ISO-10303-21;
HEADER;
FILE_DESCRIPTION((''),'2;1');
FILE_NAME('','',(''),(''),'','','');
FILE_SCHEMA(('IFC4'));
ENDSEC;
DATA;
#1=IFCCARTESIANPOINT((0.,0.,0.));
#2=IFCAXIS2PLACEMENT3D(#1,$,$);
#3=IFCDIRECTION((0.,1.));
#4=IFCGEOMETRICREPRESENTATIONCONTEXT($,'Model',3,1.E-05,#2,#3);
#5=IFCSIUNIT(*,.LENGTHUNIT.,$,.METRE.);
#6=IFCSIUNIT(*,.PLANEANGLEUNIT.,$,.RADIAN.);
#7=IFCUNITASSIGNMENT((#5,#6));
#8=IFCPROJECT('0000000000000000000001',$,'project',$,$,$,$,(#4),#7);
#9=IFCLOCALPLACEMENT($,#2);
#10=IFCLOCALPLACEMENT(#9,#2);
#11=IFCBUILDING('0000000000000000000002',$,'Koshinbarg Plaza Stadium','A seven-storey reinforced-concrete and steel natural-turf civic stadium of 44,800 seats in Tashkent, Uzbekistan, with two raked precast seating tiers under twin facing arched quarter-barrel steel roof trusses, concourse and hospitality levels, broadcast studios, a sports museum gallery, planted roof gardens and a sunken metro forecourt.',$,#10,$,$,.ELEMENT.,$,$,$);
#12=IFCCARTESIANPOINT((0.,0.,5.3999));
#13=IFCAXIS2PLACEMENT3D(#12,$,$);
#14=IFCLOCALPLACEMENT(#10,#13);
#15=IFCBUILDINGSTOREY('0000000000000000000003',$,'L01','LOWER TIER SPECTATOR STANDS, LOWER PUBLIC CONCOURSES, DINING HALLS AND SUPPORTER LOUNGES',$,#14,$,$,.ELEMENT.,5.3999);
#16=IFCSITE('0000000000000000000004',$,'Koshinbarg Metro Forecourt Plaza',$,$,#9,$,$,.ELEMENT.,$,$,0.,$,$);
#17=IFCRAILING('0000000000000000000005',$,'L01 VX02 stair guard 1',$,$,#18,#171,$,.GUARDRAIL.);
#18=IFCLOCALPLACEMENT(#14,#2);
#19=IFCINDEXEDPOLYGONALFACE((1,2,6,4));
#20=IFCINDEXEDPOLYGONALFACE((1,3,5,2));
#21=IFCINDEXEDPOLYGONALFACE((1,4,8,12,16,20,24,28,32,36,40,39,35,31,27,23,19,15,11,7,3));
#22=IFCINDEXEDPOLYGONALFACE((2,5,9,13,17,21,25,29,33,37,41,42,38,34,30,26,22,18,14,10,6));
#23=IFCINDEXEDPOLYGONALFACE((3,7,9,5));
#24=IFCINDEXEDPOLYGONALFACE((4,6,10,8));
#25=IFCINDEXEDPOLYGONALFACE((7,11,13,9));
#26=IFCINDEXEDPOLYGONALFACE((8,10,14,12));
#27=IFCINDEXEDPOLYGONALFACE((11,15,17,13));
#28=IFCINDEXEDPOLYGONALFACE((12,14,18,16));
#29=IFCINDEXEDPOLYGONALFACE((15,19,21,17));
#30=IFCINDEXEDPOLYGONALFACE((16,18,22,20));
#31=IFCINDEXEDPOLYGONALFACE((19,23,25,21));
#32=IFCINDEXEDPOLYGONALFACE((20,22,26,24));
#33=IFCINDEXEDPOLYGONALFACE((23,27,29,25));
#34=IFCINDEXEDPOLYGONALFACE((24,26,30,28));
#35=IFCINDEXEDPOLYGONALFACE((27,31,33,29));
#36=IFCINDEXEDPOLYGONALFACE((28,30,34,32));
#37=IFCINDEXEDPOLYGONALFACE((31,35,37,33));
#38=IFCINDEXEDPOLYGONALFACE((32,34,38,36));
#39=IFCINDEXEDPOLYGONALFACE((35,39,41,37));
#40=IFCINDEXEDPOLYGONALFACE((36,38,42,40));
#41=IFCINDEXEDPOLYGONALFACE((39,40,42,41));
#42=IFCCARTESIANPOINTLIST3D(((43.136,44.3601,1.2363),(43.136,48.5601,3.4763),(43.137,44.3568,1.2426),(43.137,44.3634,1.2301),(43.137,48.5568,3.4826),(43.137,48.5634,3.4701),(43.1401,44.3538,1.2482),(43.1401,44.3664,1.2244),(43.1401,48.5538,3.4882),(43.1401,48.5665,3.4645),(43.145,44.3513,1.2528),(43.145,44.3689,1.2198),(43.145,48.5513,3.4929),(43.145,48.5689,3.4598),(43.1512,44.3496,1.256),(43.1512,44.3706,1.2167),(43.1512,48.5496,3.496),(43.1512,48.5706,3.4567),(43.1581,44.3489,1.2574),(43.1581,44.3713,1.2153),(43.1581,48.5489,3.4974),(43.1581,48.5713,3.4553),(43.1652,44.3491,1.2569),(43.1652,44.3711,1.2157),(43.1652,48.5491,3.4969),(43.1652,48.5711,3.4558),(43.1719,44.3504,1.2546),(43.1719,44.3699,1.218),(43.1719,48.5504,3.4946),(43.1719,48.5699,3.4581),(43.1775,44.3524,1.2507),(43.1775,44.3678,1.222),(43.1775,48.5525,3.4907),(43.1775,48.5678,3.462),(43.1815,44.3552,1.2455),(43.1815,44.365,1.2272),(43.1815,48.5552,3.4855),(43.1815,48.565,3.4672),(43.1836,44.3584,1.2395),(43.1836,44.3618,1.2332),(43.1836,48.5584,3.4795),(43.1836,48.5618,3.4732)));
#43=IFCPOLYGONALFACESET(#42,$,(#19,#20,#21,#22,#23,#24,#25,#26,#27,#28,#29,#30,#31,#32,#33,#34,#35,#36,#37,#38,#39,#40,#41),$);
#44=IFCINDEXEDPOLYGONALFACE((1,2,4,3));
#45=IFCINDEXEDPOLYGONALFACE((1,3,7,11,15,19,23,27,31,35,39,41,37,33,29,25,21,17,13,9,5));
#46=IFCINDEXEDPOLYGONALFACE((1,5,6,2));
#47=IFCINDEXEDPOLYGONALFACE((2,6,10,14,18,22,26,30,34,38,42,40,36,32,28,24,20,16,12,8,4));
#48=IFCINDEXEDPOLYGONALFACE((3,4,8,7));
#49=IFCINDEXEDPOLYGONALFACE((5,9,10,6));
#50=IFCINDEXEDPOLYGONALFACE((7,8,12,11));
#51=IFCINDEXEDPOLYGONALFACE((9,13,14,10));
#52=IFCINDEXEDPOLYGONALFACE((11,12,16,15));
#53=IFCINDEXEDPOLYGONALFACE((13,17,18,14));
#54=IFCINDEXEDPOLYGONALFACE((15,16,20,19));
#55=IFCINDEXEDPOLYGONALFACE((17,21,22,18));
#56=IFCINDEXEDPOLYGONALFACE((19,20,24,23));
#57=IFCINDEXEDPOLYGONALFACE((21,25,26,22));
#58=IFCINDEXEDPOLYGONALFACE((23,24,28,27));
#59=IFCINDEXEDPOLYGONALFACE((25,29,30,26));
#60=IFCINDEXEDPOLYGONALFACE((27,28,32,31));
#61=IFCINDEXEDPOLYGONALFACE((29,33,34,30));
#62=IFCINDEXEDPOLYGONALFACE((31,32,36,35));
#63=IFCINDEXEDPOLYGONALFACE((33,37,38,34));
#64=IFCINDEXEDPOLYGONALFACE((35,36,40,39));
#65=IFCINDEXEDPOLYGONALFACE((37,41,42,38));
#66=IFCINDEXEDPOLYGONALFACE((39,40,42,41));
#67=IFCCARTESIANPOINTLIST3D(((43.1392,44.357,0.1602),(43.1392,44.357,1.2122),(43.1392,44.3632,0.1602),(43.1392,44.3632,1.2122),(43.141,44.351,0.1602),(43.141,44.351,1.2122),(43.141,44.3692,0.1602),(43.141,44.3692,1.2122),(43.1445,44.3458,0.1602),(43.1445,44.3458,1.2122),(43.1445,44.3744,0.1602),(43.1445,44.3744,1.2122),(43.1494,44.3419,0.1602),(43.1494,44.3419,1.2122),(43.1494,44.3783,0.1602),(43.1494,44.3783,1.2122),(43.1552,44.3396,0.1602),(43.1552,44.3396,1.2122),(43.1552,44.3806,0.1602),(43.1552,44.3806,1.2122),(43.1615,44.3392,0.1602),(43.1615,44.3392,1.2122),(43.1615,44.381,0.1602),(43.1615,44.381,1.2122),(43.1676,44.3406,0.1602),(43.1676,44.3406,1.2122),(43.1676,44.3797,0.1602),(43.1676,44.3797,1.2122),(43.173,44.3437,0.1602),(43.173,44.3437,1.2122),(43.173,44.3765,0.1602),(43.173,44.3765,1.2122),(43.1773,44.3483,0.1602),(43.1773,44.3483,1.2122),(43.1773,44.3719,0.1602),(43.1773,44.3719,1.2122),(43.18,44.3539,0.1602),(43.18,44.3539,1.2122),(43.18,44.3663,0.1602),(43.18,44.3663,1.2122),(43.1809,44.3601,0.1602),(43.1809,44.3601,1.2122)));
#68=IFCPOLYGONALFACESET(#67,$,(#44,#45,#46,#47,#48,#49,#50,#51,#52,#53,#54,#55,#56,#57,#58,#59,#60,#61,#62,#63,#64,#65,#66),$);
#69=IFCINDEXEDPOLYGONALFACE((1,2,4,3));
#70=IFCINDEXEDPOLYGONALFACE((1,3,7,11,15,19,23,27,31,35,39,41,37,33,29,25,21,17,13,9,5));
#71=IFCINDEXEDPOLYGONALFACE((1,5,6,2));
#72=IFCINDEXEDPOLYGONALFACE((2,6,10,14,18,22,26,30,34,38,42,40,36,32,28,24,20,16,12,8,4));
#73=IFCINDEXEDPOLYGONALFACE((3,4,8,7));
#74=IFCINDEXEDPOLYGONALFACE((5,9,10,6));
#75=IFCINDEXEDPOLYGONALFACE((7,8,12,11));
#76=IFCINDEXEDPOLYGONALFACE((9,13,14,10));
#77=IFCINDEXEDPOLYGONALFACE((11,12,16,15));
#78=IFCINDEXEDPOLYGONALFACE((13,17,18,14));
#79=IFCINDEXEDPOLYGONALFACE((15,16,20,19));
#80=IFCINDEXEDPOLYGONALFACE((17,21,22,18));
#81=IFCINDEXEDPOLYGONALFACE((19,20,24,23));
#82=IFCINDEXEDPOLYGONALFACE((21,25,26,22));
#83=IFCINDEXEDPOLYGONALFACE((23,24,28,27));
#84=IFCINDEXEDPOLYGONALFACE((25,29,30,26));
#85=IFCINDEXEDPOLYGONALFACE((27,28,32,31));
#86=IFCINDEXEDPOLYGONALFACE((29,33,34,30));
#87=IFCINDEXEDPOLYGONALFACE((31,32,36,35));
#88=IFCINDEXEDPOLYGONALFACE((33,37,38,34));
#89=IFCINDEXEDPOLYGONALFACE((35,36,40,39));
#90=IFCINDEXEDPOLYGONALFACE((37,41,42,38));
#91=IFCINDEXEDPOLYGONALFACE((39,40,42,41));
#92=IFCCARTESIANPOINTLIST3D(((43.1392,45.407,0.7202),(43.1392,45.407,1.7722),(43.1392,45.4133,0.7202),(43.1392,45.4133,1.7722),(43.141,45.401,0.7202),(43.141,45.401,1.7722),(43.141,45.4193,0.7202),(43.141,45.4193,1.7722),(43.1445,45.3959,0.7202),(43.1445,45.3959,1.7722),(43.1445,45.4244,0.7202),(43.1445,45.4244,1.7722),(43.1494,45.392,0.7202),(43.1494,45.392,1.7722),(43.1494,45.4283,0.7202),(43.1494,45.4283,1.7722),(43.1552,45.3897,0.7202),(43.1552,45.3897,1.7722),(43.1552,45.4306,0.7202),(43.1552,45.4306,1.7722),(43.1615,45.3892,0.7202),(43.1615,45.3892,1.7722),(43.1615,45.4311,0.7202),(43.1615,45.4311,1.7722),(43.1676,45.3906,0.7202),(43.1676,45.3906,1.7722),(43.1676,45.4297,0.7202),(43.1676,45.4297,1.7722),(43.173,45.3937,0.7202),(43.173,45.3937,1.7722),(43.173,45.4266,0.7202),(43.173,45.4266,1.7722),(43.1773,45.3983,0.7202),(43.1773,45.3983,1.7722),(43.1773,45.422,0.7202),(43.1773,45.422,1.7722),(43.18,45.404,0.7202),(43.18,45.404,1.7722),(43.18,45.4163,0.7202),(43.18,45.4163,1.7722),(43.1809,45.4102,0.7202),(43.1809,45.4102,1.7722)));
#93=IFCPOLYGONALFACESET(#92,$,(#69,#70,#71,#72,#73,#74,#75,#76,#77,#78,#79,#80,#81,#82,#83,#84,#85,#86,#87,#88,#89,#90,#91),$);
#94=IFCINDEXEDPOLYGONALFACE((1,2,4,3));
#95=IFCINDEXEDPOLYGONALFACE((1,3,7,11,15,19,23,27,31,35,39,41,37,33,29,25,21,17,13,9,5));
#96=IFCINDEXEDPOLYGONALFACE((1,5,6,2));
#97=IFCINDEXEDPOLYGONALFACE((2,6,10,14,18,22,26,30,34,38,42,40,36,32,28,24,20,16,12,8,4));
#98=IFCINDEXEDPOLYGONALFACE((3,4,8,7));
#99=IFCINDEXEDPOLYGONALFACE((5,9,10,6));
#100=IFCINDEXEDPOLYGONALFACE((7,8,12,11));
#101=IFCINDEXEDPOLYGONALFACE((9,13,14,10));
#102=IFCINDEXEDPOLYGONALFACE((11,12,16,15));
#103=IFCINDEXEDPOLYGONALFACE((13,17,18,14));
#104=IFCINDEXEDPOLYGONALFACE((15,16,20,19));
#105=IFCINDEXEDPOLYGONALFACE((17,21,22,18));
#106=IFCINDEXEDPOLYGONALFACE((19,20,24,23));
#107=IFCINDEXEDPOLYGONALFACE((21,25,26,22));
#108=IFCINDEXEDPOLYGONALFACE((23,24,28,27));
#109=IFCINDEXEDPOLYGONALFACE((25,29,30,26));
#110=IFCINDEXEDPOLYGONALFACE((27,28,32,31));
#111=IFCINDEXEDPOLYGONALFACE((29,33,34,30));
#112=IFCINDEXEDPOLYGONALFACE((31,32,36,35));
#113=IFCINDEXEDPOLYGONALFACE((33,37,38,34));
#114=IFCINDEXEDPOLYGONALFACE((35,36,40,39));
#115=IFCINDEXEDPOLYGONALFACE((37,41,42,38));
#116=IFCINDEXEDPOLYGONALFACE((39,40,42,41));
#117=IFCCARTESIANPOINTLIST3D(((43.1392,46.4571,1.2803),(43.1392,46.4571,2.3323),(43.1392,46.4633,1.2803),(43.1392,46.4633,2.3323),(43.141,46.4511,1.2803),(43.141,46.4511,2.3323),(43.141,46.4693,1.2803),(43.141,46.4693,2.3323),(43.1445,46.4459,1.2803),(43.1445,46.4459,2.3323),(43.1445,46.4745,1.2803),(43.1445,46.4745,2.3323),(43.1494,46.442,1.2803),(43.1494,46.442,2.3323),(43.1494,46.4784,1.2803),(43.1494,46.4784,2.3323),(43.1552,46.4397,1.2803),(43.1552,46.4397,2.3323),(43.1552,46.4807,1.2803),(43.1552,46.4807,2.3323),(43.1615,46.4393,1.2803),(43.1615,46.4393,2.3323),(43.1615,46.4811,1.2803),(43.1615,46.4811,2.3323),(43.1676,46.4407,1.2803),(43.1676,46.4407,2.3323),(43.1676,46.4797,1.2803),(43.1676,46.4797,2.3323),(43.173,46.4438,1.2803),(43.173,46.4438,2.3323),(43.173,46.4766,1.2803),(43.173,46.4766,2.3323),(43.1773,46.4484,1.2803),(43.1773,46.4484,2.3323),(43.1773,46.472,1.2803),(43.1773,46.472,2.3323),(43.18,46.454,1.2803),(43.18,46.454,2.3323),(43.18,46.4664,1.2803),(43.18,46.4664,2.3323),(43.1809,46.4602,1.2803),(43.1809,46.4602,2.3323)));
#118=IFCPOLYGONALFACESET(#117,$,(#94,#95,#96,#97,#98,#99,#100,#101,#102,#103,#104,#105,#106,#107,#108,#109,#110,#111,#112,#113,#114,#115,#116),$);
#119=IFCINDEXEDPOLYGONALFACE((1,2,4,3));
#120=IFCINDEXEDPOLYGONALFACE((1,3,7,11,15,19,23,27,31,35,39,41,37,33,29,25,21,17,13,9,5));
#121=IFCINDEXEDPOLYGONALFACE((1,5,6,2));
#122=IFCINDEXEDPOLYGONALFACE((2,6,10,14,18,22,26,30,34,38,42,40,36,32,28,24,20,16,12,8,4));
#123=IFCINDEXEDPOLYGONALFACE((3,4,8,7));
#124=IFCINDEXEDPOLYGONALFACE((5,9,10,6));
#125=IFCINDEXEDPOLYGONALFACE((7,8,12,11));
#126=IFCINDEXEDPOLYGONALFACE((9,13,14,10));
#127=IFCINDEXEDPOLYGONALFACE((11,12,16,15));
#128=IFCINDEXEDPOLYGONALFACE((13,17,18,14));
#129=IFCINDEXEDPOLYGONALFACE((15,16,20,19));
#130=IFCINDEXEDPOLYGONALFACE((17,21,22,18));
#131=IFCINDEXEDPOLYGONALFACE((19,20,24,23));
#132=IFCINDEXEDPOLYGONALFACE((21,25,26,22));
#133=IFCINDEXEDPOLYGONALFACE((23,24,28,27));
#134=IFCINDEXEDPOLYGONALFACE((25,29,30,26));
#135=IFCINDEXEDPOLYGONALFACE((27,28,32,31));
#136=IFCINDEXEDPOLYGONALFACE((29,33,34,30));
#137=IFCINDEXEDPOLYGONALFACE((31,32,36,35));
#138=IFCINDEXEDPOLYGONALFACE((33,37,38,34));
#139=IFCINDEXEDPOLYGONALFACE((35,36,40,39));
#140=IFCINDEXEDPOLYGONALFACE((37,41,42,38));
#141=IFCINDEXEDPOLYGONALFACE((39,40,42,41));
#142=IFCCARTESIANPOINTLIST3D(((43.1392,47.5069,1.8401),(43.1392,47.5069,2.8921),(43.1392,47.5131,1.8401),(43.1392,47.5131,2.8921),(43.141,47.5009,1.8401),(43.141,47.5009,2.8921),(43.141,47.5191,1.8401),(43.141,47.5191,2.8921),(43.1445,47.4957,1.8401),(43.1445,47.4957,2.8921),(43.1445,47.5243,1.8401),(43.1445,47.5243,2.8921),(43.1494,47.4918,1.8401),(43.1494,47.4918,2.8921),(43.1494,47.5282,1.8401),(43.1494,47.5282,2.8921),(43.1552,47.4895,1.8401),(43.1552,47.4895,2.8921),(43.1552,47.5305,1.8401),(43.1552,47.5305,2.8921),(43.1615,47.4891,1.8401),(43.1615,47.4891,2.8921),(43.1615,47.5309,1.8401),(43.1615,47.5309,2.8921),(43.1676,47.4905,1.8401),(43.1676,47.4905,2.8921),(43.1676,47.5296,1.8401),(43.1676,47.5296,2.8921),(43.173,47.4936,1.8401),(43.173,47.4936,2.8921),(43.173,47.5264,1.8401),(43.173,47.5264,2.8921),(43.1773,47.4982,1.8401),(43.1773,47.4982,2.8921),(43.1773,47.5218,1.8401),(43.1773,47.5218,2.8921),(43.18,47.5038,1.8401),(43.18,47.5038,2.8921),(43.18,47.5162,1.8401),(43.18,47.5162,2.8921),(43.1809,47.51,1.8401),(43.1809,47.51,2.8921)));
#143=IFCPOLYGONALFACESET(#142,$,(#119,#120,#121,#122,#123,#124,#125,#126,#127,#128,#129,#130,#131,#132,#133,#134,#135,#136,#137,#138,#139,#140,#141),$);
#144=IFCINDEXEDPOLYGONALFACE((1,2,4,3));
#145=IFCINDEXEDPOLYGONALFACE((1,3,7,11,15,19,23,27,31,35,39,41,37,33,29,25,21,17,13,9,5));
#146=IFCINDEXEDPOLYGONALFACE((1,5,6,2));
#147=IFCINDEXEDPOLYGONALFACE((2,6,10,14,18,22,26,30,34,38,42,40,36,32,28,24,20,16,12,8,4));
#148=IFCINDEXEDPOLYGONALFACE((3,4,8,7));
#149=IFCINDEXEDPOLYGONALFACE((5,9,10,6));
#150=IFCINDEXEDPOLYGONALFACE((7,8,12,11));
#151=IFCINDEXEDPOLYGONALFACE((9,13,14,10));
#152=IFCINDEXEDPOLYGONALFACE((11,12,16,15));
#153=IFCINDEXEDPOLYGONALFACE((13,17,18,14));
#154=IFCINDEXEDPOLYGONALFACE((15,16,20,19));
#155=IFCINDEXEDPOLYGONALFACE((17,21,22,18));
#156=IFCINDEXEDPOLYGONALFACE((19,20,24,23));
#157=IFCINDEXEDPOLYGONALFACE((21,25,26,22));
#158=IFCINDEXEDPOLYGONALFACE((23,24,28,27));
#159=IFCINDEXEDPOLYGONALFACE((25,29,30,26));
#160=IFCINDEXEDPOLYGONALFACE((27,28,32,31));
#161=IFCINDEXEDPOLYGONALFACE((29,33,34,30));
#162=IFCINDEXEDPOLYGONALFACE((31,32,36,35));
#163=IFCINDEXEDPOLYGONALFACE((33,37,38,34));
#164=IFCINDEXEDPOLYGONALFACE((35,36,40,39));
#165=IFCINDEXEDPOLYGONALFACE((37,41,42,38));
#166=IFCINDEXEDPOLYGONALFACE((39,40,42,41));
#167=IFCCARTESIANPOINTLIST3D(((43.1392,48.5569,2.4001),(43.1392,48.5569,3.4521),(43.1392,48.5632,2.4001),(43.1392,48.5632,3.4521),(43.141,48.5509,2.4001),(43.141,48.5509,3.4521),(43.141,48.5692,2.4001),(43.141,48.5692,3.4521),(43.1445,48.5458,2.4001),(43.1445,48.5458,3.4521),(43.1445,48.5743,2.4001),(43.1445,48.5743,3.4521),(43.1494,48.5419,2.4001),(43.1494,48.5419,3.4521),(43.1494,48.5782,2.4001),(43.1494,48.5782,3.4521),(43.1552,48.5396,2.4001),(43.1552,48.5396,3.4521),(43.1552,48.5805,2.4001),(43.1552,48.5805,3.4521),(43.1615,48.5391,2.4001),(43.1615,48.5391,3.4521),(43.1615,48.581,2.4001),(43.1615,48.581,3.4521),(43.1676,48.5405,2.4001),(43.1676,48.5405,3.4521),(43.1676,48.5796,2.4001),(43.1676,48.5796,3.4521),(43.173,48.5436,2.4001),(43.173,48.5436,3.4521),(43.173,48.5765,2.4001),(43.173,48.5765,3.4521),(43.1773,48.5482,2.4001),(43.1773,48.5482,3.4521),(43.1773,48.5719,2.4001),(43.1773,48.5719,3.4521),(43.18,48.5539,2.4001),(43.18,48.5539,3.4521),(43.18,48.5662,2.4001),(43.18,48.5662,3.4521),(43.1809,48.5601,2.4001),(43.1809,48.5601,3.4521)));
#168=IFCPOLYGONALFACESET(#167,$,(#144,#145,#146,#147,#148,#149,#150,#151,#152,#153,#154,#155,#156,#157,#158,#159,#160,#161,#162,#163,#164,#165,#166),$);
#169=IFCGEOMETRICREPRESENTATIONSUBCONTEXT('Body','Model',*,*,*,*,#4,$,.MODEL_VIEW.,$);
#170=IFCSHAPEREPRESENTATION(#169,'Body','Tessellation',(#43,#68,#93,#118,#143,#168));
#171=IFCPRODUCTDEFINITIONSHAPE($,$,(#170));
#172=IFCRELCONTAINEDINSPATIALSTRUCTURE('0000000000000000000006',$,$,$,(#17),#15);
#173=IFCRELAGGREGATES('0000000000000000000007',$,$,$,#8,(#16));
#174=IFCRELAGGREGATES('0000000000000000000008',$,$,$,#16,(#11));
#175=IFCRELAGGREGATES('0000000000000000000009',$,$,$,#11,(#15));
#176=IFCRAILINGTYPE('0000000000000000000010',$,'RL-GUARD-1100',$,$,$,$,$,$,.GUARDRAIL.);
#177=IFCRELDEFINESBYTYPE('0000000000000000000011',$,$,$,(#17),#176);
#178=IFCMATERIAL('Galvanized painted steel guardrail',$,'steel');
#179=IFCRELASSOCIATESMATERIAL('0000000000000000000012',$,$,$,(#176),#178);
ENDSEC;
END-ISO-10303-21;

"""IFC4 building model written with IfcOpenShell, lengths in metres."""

from ifc_helpers import new_model, si_unit, direction, frame, origin, origin_2d, place, context, subcontext, project, spatial, circle, extrude, material, type_object, element, save


model = new_model("IFC4")

# Units and contexts
model_context = context("Model", 3, precision=1e-05, world=origin(), true_north=direction((0.0, 1.0)))
body_context = subcontext(model_context, "Body", "Model", "MODEL_VIEW")
ifc_project = project(units=[si_unit("LENGTHUNIT", "METRE"), si_unit("PLANEANGLEUNIT", "RADIAN")], contexts=[model_context])

# Site, building, storey
site_placement = place(None, origin())
site = spatial("IfcSite", under=ifc_project, at=site_placement, Name="Koshinbarg Metro Forecourt Plaza", CompositionType="ELEMENT", RefElevation=0.0)
building_placement = place(site_placement, origin())
building = spatial("IfcBuilding", under=site, at=building_placement, Name="Koshinbarg Plaza Stadium", Description="A seven-storey reinforced-concrete and steel natural-turf civic stadium of 44,800 seats in Tashkent, Uzbekistan, with two raked precast seating tiers under twin facing arched quarter-barrel steel roof trusses, concourse and hospitality levels, broadcast studios, a sports museum gallery, planted roof gardens and a sunken metro forecourt.", CompositionType="ELEMENT")
storey_placement = place(building_placement, frame((0.0, 0.0, 5.3999)))
storey = spatial("IfcBuildingStorey", under=building, at=storey_placement, Name="L01", Description="LOWER TIER SPECTATOR STANDS, LOWER PUBLIC CONCOURSES, DINING HALLS AND SUPPORTER LOUNGES", CompositionType="ELEMENT", Elevation=5.3999)

# Railing
ifc_material_1 = material(Name="Galvanized painted steel guardrail", Category="steel")
railing_type_1 = type_object("IfcRailingType", Name="RL-GUARD-1100", PredefinedType="GUARDRAIL", material=ifc_material_1)
railing_1_placement = place(storey_placement, frame((43.1599, 44.3601, 0.1602)))
element("IfcRailing", 1, at=railing_1_placement, inside=storey, type_object=railing_type_1, Name="L01 VX02 stair guard 1", PredefinedType="GUARDRAIL", context=body_context, shape_type="SweptSolid", body=[
    extrude(circle(Radius=0.0239, at=origin_2d()), frame((0.0, 0.0, 1.0762), z_axis=(0.0, 0.882352, 0.470591), x_axis=(-1.0, 0.0, 0.0)), (0.0, 0.0, 1.0), 4.76),
    extrude(circle(Radius=0.021, at=origin_2d()), origin(), (0.0, 0.0, 1.0), 1.052),
    extrude(circle(Radius=0.021, at=origin_2d()), frame((0.0, 1.05, 0.5601)), (0.0, 0.0, 1.0), 1.052),
    extrude(circle(Radius=0.021, at=origin_2d()), frame((0.0, 2.1001, 1.1201)), (0.0, 0.0, 1.0), 1.052),
    extrude(circle(Radius=0.021, at=origin_2d()), frame((0.0, 3.1499, 1.6799)), (0.0, 0.0, 1.0), 1.052),
    extrude(circle(Radius=0.021, at=origin_2d()), frame((0.0, 4.2, 2.24)), (0.0, 0.0, 1.0), 1.052),
])

save(model, "model.ifc")
